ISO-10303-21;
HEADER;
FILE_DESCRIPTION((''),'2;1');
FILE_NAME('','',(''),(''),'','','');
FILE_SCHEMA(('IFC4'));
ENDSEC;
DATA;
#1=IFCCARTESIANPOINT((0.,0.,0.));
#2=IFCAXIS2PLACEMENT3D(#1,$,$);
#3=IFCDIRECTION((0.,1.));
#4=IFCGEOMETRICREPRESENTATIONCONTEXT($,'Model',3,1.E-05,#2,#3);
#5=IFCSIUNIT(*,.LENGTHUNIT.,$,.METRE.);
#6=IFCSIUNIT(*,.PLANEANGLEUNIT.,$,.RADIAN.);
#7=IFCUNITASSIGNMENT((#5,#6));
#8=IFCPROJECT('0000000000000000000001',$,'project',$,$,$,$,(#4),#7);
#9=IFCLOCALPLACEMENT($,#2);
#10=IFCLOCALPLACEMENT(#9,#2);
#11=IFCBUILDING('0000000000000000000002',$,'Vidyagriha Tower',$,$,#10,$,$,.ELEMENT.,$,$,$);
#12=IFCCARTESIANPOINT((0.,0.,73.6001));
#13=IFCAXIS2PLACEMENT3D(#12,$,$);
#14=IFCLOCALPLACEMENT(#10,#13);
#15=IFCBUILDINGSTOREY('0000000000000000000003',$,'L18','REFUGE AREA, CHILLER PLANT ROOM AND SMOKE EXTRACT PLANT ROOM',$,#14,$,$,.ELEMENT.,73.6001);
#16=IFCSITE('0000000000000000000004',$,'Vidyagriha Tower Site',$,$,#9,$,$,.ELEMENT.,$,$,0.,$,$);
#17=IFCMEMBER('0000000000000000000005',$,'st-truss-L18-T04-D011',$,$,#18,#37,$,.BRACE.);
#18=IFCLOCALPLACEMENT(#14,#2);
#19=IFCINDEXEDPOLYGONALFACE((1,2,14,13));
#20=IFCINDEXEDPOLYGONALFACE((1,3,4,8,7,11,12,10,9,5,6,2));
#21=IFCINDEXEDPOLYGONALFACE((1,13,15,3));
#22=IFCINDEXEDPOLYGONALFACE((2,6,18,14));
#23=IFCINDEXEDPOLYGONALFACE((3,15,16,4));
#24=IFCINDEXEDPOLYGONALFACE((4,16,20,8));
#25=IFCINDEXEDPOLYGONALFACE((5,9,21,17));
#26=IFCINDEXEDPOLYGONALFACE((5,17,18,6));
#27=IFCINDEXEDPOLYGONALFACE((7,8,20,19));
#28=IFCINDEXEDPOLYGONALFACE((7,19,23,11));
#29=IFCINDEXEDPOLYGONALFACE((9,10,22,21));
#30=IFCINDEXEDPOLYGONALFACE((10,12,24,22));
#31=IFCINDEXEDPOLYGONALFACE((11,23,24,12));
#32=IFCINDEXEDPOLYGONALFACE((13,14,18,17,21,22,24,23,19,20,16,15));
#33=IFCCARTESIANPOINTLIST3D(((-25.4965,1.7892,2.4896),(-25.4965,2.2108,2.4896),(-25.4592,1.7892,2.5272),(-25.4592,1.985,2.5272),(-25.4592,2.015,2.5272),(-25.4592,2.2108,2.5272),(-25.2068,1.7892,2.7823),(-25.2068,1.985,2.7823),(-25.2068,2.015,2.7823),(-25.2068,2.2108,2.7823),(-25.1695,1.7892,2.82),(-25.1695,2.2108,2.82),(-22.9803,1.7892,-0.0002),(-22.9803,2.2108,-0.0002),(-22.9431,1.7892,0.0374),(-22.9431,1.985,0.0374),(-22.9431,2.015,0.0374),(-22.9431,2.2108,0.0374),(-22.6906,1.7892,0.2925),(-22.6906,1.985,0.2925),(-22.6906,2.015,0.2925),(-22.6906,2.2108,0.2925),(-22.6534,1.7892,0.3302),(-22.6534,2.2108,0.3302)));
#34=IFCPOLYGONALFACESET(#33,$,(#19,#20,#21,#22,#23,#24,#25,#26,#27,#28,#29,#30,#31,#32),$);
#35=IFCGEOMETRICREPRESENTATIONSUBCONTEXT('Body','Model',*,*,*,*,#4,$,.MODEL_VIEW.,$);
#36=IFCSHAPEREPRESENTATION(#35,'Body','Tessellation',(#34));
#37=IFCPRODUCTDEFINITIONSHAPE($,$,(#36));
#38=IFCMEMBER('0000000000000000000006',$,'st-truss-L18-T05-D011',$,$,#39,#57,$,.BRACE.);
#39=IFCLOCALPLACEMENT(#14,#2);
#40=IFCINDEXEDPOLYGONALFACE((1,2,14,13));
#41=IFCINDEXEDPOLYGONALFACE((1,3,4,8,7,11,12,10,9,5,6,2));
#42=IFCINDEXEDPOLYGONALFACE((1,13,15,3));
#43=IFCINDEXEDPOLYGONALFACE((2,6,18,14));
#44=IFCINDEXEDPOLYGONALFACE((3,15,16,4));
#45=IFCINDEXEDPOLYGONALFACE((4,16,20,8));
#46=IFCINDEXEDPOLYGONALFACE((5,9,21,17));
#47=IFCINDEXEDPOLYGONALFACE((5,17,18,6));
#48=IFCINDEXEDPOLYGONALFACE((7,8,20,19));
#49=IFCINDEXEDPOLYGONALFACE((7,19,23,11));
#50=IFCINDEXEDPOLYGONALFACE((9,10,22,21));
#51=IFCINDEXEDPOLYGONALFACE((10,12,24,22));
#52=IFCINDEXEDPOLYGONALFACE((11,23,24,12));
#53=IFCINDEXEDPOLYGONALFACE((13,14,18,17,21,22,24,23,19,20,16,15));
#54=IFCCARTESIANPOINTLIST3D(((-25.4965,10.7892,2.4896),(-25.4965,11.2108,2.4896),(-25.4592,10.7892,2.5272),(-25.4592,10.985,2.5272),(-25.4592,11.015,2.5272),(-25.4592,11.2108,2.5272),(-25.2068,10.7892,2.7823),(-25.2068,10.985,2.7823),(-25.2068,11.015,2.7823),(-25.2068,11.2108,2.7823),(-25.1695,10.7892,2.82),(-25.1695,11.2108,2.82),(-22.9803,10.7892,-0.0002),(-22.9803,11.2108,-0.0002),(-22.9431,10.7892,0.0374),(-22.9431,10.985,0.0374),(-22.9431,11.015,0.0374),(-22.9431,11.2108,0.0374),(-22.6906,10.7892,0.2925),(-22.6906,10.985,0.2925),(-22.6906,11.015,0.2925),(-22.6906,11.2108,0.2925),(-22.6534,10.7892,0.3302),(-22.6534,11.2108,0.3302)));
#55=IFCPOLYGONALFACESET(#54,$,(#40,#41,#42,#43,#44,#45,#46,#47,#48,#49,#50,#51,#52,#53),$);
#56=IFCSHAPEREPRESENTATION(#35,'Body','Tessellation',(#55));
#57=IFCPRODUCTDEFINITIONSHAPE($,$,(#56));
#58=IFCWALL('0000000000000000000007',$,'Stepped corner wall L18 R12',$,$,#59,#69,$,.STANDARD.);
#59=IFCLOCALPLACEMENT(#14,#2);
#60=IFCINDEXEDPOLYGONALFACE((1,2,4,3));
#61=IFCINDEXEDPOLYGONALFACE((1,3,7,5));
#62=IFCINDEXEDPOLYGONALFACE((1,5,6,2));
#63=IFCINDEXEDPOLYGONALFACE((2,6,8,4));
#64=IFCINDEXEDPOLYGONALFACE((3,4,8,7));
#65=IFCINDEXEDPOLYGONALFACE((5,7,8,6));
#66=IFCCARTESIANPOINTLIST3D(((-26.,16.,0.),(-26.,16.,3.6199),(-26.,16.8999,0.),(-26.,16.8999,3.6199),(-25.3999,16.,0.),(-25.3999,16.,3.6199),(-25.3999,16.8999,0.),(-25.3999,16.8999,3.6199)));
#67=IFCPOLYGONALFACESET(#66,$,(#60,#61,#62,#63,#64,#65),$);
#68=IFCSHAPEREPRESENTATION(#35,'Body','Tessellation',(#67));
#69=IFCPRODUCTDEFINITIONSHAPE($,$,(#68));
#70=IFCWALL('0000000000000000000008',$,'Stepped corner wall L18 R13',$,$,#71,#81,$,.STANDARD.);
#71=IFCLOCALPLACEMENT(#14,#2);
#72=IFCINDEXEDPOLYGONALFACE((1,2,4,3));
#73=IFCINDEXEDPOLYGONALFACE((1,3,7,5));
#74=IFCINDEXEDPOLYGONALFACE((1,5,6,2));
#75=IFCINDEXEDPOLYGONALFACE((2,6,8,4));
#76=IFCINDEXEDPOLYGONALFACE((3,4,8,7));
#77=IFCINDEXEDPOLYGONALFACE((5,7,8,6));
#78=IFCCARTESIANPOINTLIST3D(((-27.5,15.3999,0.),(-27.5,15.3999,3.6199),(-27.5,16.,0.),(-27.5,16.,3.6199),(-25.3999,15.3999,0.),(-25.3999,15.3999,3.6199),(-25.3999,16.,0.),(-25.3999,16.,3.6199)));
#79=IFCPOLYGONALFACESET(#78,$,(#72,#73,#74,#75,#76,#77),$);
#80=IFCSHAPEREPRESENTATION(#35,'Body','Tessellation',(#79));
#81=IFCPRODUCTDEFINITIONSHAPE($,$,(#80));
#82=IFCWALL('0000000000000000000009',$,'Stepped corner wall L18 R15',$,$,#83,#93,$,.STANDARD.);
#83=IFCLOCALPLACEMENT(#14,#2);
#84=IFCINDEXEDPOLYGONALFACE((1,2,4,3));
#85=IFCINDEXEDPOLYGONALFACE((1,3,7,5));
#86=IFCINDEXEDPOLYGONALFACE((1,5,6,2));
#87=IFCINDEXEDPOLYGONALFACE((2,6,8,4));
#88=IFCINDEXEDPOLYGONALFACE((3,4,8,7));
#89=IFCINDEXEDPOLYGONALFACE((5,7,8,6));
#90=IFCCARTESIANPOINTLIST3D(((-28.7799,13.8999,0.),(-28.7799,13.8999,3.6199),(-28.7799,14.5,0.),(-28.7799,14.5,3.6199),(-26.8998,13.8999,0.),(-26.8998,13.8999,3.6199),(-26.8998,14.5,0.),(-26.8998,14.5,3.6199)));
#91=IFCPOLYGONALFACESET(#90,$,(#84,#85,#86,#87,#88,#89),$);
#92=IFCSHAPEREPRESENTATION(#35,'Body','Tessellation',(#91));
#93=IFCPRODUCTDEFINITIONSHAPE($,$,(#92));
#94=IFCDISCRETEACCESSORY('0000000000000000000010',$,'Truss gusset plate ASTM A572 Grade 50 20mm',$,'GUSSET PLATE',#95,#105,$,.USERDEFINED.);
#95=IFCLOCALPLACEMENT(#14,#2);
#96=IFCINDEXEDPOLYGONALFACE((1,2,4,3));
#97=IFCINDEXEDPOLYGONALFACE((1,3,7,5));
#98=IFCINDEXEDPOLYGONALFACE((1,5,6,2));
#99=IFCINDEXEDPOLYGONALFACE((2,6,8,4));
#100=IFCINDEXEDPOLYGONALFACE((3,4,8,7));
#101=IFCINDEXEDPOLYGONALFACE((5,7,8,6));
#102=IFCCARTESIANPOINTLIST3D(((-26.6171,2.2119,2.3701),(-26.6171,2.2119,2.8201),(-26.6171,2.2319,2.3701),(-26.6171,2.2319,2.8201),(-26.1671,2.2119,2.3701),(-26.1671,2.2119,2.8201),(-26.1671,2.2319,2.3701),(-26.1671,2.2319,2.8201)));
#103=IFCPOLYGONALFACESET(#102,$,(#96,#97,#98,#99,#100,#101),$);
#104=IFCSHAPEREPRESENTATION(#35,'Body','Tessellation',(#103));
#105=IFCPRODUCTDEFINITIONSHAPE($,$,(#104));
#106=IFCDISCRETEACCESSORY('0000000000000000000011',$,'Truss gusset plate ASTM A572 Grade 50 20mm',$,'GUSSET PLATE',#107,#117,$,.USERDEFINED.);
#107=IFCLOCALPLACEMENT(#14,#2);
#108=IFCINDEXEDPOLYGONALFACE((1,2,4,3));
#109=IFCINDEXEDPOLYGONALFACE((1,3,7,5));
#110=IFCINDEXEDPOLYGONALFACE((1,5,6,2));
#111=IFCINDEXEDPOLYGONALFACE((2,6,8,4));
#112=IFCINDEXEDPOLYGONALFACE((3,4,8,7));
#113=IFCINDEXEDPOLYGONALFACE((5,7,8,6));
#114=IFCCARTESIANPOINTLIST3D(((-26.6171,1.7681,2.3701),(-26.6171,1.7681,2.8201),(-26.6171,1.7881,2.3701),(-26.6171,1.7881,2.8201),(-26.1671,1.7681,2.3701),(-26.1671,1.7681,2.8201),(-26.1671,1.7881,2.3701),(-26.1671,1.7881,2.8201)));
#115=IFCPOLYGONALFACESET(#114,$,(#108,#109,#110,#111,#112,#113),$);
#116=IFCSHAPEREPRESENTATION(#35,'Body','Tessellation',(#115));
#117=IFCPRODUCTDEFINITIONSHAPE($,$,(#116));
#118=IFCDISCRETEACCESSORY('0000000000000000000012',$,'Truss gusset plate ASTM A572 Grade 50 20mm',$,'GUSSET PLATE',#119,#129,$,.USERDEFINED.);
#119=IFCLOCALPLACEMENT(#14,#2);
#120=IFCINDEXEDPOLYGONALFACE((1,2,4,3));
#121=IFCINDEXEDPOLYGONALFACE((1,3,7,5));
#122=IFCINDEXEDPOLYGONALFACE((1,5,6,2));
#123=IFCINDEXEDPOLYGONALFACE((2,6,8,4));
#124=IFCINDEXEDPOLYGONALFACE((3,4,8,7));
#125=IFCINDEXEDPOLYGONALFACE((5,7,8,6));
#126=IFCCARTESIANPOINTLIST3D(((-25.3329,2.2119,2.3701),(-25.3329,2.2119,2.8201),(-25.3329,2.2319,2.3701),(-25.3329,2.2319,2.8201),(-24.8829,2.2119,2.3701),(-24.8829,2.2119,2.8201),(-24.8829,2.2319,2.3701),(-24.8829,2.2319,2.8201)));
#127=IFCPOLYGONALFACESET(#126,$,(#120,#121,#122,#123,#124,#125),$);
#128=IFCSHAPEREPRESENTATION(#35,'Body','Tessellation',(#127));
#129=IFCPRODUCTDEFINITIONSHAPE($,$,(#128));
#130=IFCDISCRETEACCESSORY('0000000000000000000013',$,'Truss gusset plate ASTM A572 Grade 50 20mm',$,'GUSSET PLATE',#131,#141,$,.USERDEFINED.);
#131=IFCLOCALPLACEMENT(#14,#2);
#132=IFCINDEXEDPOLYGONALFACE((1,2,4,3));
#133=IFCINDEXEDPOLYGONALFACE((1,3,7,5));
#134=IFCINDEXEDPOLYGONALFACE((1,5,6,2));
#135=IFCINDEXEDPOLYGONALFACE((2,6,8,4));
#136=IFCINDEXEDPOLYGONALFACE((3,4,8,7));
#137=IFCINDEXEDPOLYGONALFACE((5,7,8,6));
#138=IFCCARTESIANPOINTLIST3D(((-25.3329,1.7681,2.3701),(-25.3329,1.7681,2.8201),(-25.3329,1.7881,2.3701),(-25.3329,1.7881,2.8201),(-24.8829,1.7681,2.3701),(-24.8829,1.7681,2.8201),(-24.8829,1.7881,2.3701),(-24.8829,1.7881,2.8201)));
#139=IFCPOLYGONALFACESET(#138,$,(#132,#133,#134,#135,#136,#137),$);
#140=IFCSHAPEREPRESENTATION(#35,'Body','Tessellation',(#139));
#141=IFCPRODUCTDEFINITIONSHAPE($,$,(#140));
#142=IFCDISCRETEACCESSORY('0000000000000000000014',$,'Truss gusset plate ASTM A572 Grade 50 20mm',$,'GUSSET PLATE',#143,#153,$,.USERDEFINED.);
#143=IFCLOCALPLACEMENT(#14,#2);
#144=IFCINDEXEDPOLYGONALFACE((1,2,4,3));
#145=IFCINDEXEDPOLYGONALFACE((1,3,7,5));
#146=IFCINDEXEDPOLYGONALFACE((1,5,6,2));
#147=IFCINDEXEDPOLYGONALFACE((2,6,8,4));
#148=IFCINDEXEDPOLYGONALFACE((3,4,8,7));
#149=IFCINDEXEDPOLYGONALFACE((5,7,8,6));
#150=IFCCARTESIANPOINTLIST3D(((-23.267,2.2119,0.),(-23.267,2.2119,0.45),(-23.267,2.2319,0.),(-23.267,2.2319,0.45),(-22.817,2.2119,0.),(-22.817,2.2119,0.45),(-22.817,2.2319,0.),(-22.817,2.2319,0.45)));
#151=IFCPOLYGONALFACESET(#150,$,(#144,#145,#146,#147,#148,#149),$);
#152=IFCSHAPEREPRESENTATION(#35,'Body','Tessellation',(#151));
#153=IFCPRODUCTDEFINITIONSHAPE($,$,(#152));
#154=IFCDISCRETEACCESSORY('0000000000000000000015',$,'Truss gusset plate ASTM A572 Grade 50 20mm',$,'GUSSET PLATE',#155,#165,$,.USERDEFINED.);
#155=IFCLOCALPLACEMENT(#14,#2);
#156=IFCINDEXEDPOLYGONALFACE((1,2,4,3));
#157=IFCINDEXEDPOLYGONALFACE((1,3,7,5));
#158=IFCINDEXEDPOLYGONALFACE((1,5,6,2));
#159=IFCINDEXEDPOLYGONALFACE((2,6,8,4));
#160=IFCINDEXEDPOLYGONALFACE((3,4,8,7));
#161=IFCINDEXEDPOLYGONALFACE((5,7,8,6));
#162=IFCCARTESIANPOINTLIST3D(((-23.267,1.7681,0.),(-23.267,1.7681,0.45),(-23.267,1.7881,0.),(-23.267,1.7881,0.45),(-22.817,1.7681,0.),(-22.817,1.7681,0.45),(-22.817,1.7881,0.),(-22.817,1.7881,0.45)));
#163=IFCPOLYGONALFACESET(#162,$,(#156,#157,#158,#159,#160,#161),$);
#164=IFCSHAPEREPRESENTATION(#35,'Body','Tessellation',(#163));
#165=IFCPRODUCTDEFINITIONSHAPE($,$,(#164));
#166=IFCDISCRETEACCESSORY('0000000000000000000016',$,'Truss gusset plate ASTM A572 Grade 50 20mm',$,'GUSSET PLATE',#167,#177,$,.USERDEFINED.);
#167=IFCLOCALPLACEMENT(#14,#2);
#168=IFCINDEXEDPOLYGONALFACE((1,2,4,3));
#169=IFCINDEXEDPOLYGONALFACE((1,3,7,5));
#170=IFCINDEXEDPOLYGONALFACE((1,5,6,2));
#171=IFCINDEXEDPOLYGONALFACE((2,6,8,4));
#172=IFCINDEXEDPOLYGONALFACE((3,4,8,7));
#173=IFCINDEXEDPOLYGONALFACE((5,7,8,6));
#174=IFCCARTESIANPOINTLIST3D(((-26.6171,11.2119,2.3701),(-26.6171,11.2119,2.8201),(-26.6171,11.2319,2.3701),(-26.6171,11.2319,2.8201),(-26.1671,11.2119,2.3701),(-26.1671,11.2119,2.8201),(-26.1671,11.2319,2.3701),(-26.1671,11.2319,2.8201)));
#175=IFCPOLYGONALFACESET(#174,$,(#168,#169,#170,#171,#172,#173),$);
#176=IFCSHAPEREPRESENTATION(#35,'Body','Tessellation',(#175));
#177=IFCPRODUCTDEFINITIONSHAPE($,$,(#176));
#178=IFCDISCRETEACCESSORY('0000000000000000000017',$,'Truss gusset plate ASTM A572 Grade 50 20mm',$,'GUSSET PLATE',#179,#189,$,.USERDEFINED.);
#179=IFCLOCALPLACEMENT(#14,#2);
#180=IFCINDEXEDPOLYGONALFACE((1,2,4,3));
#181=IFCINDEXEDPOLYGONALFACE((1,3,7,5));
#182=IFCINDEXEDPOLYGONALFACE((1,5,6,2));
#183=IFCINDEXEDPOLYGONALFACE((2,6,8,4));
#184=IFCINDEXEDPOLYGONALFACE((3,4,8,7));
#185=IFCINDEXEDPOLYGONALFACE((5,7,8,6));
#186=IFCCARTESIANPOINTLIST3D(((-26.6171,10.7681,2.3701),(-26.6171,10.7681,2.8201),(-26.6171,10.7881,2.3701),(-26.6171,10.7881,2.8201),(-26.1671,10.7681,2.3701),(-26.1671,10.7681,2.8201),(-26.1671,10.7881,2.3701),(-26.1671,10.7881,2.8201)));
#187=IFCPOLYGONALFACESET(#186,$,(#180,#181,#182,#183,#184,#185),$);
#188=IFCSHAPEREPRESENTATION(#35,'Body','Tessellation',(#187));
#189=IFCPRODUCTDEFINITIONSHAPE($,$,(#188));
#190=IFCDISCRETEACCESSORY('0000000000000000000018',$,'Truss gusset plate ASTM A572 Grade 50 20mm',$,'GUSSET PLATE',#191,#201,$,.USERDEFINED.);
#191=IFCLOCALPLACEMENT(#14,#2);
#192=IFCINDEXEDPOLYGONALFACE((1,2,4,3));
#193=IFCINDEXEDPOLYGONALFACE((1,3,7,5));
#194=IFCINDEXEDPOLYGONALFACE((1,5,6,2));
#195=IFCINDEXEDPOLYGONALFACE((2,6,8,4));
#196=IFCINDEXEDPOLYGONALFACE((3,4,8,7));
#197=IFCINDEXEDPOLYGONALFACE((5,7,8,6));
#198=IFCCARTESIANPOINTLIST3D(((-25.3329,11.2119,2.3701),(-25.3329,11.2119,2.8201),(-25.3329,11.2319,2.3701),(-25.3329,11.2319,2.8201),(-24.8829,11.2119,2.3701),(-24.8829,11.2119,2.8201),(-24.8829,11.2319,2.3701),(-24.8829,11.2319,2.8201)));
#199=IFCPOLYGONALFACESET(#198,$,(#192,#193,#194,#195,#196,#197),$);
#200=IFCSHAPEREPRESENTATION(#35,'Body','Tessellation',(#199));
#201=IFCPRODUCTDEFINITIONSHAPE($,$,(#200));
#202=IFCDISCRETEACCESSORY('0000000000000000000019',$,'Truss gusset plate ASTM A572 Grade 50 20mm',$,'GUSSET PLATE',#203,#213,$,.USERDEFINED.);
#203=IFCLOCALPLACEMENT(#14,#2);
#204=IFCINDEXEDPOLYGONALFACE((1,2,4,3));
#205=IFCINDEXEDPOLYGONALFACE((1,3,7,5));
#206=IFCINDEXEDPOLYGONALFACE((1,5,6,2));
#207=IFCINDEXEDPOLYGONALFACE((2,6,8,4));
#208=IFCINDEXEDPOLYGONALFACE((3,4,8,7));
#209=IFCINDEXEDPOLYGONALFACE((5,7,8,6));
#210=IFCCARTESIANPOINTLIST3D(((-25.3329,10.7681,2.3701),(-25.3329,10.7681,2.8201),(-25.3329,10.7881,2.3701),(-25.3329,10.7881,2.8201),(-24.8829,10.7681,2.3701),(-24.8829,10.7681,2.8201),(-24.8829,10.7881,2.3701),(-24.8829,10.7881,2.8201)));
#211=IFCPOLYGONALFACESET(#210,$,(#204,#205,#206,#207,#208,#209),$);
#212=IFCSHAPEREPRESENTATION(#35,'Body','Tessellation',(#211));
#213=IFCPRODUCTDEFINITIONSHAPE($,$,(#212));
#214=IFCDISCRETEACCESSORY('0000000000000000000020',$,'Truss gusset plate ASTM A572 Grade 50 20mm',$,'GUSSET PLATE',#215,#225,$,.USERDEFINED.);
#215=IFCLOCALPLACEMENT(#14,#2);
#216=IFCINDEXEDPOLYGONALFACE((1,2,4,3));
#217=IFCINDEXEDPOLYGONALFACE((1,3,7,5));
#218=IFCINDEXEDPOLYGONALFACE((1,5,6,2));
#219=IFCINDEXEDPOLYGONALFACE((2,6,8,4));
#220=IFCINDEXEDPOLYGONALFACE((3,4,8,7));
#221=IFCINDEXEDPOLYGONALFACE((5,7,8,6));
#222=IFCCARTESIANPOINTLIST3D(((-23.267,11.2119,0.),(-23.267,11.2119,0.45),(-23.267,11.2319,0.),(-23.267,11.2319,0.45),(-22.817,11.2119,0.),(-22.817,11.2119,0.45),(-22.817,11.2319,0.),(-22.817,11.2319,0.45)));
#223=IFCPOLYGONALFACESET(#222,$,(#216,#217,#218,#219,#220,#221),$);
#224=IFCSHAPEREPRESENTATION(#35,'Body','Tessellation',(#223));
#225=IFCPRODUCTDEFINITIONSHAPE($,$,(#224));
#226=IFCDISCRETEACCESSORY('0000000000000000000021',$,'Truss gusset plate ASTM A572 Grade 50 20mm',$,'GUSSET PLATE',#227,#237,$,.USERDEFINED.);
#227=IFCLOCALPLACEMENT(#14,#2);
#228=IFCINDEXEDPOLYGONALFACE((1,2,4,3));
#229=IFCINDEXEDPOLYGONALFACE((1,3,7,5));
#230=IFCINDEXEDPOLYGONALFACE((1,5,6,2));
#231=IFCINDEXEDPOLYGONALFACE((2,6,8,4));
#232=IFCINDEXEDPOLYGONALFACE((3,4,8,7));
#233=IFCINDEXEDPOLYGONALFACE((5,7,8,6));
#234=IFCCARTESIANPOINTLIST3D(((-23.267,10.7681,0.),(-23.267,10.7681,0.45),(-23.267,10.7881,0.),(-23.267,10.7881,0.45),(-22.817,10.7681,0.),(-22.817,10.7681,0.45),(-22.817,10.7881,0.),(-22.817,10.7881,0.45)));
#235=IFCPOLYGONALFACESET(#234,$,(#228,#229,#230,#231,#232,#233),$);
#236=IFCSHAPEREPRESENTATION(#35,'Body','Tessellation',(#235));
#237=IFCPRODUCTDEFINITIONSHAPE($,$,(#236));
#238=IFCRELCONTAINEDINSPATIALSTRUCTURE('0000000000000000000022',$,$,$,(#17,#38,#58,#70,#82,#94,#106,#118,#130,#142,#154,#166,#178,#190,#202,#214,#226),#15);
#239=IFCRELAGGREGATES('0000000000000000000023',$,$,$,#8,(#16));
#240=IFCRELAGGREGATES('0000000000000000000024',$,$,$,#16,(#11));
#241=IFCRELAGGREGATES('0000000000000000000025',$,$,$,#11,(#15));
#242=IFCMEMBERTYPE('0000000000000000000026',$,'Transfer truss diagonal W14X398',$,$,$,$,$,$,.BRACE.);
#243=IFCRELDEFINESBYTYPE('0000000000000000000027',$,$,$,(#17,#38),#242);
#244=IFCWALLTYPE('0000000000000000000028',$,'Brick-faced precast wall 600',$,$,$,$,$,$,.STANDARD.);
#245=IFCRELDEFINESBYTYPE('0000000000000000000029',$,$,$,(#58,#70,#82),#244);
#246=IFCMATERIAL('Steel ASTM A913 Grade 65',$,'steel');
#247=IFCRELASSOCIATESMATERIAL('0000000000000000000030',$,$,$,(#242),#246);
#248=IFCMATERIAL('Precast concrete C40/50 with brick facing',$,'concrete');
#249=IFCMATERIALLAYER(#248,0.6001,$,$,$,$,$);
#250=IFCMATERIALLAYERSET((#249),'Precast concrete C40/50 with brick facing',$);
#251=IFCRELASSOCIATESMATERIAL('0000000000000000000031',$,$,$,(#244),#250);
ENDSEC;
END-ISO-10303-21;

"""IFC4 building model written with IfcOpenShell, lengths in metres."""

from ifc_helpers import new_model, si_unit, direction, frame, frame_2d, origin, origin_2d, place, context, subcontext, project, spatial, rectangle, i_section, extrude, material, layer, layer_set, material_profile, profile_set, type_object, element, save


model = new_model("IFC4")

# Units and contexts
model_context = context("Model", 3, precision=1e-05, world=origin(), true_north=direction((0.0, 1.0)))
body_context = subcontext(model_context, "Body", "Model", "MODEL_VIEW")
ifc_project = project(units=[si_unit("LENGTHUNIT", "METRE"), si_unit("PLANEANGLEUNIT", "RADIAN")], contexts=[model_context])

# Site, building, storey
site_placement = place(None, origin())
site = spatial("IfcSite", under=ifc_project, at=site_placement, Name="Vidyagriha Tower Site", CompositionType="ELEMENT", RefElevation=0.0)
building_placement = place(site_placement, origin())
building = spatial("IfcBuilding", under=site, at=building_placement, Name="Vidyagriha Tower", CompositionType="ELEMENT")
storey_placement = place(building_placement, frame((0.0, 0.0, 73.6001)))
storey = spatial("IfcBuildingStorey", under=building, at=storey_placement, Name="L18", Description="REFUGE AREA, CHILLER PLANT ROOM AND SMOKE EXTRACT PLANT ROOM", CompositionType="ELEMENT", Elevation=73.6001)

# Members
ifc_material_1 = material(Name="Steel ASTM A913 Grade 65", Category="steel")
ifc_material_profile = material_profile(ifc_material_1, i_section(OverallWidth=0.4216, OverallDepth=0.4648, WebThickness=0.03, FlangeThickness=0.053, at=origin_2d()), Name="W14X398")
ifc_profile_set = profile_set([ifc_material_profile], Name="Steel ASTM A913 Grade 65")
member_type = type_object("IfcMemberType", Name="Transfer truss diagonal W14X398", PredefinedType="BRACE", material=ifc_profile_set)
for number, where, z_axis, x_axis, name in (
    (1, (-25.333, 2.0, 2.6548), (0.710821, 0.0, -0.703373), (0.0, 1.0, 0.0), "st-truss-L18-T04-D011"),
    (2, (-25.333, 11.0, 2.6548), (0.710821, 0.0, -0.703373), (0.0, 1.0, 0.0), "st-truss-L18-T05-D011"),
):
    element("IfcMember", number, at=place(storey_placement, frame(where, z_axis=z_axis, x_axis=x_axis)), inside=storey, type_object=member_type, Name=name, PredefinedType="BRACE", context=body_context, shape_type="SweptSolid", body=[
        extrude(i_section(OverallWidth=0.4216, OverallDepth=0.4648, WebThickness=0.03, FlangeThickness=0.053, at=origin_2d()), origin(), (0.0, 0.0, 1.0), 3.5398),
    ])

# Walls
ifc_material_2 = material(Name="Precast concrete C40/50 with brick facing", Category="concrete")
ifc_layer = layer(ifc_material_2, 0.6001)
ifc_layer_set = layer_set([ifc_layer], Name="Precast concrete C40/50 with brick facing")
wall_type = type_object("IfcWallType", Name="Brick-faced precast wall 600", PredefinedType="STANDARD", material=ifc_layer_set)
wall_1_placement = place(storey_placement, frame((-25.7, 16.8999, 0.0), z_axis=(0.0, 0.0, 1.0), x_axis=(0.0, -1.0, 0.0)))
element("IfcWall", 3, at=wall_1_placement, inside=storey, type_object=wall_type, Name="Stepped corner wall L18 R12", PredefinedType="STANDARD", context=body_context, shape_type="SweptSolid", body=[
    extrude(rectangle(XDim=0.8999, YDim=0.6001, at=frame_2d((0.45, 0.0))), origin(), (0.0, 0.0, 1.0), 3.6199),
])
wall_2_placement = place(storey_placement, frame((-25.3999, 15.7, 0.0), z_axis=(0.0, 0.0, 1.0), x_axis=(-1.0, 0.0, 0.0)))
element("IfcWall", 4, at=wall_2_placement, inside=storey, type_object=wall_type, Name="Stepped corner wall L18 R13", PredefinedType="STANDARD", context=body_context, shape_type="SweptSolid", body=[
    extrude(rectangle(XDim=2.1001, YDim=0.6001, at=frame_2d((1.05, 0.0))), origin(), (0.0, 0.0, 1.0), 3.6199),
])
wall_3_placement = place(storey_placement, frame((-26.8999, 14.2, 0.0), z_axis=(0.0, 0.0, 1.0), x_axis=(-1.0, 0.0, 0.0)))
element("IfcWall", 5, at=wall_3_placement, inside=storey, type_object=wall_type, Name="Stepped corner wall L18 R15", PredefinedType="STANDARD", context=body_context, shape_type="SweptSolid", body=[
    extrude(rectangle(XDim=1.8801, YDim=0.6001, at=frame_2d((0.9399, 0.0))), origin(), (0.0, 0.0, 1.0), 3.6199),
])

# Discrete accessories
for number, where, name in (
    (6, (-26.3921, 2.2219, 2.3701), "Truss gusset plate ASTM A572 Grade 50 20mm"),
    (7, (-26.3921, 1.7781, 2.3701), "Truss gusset plate ASTM A572 Grade 50 20mm"),
    (8, (-25.1079, 2.2219, 2.3701), "Truss gusset plate ASTM A572 Grade 50 20mm"),
    (9, (-25.1079, 1.7781, 2.3701), "Truss gusset plate ASTM A572 Grade 50 20mm"),
    (10, (-23.042, 2.2219, 0.0), "Truss gusset plate ASTM A572 Grade 50 20mm"),
    (11, (-23.042, 1.7781, 0.0), "Truss gusset plate ASTM A572 Grade 50 20mm"),
    (12, (-26.3921, 11.2219, 2.3701), "Truss gusset plate ASTM A572 Grade 50 20mm"),
    (13, (-26.3921, 10.7781, 2.3701), "Truss gusset plate ASTM A572 Grade 50 20mm"),
    (14, (-25.1079, 11.2219, 2.3701), "Truss gusset plate ASTM A572 Grade 50 20mm"),
    (15, (-25.1079, 10.7781, 2.3701), "Truss gusset plate ASTM A572 Grade 50 20mm"),
    (16, (-23.042, 11.2219, 0.0), "Truss gusset plate ASTM A572 Grade 50 20mm"),
    (17, (-23.042, 10.7781, 0.0), "Truss gusset plate ASTM A572 Grade 50 20mm"),
):
    element("IfcDiscreteAccessory", number, at=place(storey_placement, frame(where)), inside=storey, Name=name, ObjectType="GUSSET PLATE", PredefinedType="USERDEFINED", context=body_context, shape_type="SweptSolid", body=[
        extrude(rectangle(XDim=0.45, YDim=0.02, at=origin_2d()), origin(), (0.0, 0.0, 1.0), 0.45),
    ])

save(model, "model.ifc")
